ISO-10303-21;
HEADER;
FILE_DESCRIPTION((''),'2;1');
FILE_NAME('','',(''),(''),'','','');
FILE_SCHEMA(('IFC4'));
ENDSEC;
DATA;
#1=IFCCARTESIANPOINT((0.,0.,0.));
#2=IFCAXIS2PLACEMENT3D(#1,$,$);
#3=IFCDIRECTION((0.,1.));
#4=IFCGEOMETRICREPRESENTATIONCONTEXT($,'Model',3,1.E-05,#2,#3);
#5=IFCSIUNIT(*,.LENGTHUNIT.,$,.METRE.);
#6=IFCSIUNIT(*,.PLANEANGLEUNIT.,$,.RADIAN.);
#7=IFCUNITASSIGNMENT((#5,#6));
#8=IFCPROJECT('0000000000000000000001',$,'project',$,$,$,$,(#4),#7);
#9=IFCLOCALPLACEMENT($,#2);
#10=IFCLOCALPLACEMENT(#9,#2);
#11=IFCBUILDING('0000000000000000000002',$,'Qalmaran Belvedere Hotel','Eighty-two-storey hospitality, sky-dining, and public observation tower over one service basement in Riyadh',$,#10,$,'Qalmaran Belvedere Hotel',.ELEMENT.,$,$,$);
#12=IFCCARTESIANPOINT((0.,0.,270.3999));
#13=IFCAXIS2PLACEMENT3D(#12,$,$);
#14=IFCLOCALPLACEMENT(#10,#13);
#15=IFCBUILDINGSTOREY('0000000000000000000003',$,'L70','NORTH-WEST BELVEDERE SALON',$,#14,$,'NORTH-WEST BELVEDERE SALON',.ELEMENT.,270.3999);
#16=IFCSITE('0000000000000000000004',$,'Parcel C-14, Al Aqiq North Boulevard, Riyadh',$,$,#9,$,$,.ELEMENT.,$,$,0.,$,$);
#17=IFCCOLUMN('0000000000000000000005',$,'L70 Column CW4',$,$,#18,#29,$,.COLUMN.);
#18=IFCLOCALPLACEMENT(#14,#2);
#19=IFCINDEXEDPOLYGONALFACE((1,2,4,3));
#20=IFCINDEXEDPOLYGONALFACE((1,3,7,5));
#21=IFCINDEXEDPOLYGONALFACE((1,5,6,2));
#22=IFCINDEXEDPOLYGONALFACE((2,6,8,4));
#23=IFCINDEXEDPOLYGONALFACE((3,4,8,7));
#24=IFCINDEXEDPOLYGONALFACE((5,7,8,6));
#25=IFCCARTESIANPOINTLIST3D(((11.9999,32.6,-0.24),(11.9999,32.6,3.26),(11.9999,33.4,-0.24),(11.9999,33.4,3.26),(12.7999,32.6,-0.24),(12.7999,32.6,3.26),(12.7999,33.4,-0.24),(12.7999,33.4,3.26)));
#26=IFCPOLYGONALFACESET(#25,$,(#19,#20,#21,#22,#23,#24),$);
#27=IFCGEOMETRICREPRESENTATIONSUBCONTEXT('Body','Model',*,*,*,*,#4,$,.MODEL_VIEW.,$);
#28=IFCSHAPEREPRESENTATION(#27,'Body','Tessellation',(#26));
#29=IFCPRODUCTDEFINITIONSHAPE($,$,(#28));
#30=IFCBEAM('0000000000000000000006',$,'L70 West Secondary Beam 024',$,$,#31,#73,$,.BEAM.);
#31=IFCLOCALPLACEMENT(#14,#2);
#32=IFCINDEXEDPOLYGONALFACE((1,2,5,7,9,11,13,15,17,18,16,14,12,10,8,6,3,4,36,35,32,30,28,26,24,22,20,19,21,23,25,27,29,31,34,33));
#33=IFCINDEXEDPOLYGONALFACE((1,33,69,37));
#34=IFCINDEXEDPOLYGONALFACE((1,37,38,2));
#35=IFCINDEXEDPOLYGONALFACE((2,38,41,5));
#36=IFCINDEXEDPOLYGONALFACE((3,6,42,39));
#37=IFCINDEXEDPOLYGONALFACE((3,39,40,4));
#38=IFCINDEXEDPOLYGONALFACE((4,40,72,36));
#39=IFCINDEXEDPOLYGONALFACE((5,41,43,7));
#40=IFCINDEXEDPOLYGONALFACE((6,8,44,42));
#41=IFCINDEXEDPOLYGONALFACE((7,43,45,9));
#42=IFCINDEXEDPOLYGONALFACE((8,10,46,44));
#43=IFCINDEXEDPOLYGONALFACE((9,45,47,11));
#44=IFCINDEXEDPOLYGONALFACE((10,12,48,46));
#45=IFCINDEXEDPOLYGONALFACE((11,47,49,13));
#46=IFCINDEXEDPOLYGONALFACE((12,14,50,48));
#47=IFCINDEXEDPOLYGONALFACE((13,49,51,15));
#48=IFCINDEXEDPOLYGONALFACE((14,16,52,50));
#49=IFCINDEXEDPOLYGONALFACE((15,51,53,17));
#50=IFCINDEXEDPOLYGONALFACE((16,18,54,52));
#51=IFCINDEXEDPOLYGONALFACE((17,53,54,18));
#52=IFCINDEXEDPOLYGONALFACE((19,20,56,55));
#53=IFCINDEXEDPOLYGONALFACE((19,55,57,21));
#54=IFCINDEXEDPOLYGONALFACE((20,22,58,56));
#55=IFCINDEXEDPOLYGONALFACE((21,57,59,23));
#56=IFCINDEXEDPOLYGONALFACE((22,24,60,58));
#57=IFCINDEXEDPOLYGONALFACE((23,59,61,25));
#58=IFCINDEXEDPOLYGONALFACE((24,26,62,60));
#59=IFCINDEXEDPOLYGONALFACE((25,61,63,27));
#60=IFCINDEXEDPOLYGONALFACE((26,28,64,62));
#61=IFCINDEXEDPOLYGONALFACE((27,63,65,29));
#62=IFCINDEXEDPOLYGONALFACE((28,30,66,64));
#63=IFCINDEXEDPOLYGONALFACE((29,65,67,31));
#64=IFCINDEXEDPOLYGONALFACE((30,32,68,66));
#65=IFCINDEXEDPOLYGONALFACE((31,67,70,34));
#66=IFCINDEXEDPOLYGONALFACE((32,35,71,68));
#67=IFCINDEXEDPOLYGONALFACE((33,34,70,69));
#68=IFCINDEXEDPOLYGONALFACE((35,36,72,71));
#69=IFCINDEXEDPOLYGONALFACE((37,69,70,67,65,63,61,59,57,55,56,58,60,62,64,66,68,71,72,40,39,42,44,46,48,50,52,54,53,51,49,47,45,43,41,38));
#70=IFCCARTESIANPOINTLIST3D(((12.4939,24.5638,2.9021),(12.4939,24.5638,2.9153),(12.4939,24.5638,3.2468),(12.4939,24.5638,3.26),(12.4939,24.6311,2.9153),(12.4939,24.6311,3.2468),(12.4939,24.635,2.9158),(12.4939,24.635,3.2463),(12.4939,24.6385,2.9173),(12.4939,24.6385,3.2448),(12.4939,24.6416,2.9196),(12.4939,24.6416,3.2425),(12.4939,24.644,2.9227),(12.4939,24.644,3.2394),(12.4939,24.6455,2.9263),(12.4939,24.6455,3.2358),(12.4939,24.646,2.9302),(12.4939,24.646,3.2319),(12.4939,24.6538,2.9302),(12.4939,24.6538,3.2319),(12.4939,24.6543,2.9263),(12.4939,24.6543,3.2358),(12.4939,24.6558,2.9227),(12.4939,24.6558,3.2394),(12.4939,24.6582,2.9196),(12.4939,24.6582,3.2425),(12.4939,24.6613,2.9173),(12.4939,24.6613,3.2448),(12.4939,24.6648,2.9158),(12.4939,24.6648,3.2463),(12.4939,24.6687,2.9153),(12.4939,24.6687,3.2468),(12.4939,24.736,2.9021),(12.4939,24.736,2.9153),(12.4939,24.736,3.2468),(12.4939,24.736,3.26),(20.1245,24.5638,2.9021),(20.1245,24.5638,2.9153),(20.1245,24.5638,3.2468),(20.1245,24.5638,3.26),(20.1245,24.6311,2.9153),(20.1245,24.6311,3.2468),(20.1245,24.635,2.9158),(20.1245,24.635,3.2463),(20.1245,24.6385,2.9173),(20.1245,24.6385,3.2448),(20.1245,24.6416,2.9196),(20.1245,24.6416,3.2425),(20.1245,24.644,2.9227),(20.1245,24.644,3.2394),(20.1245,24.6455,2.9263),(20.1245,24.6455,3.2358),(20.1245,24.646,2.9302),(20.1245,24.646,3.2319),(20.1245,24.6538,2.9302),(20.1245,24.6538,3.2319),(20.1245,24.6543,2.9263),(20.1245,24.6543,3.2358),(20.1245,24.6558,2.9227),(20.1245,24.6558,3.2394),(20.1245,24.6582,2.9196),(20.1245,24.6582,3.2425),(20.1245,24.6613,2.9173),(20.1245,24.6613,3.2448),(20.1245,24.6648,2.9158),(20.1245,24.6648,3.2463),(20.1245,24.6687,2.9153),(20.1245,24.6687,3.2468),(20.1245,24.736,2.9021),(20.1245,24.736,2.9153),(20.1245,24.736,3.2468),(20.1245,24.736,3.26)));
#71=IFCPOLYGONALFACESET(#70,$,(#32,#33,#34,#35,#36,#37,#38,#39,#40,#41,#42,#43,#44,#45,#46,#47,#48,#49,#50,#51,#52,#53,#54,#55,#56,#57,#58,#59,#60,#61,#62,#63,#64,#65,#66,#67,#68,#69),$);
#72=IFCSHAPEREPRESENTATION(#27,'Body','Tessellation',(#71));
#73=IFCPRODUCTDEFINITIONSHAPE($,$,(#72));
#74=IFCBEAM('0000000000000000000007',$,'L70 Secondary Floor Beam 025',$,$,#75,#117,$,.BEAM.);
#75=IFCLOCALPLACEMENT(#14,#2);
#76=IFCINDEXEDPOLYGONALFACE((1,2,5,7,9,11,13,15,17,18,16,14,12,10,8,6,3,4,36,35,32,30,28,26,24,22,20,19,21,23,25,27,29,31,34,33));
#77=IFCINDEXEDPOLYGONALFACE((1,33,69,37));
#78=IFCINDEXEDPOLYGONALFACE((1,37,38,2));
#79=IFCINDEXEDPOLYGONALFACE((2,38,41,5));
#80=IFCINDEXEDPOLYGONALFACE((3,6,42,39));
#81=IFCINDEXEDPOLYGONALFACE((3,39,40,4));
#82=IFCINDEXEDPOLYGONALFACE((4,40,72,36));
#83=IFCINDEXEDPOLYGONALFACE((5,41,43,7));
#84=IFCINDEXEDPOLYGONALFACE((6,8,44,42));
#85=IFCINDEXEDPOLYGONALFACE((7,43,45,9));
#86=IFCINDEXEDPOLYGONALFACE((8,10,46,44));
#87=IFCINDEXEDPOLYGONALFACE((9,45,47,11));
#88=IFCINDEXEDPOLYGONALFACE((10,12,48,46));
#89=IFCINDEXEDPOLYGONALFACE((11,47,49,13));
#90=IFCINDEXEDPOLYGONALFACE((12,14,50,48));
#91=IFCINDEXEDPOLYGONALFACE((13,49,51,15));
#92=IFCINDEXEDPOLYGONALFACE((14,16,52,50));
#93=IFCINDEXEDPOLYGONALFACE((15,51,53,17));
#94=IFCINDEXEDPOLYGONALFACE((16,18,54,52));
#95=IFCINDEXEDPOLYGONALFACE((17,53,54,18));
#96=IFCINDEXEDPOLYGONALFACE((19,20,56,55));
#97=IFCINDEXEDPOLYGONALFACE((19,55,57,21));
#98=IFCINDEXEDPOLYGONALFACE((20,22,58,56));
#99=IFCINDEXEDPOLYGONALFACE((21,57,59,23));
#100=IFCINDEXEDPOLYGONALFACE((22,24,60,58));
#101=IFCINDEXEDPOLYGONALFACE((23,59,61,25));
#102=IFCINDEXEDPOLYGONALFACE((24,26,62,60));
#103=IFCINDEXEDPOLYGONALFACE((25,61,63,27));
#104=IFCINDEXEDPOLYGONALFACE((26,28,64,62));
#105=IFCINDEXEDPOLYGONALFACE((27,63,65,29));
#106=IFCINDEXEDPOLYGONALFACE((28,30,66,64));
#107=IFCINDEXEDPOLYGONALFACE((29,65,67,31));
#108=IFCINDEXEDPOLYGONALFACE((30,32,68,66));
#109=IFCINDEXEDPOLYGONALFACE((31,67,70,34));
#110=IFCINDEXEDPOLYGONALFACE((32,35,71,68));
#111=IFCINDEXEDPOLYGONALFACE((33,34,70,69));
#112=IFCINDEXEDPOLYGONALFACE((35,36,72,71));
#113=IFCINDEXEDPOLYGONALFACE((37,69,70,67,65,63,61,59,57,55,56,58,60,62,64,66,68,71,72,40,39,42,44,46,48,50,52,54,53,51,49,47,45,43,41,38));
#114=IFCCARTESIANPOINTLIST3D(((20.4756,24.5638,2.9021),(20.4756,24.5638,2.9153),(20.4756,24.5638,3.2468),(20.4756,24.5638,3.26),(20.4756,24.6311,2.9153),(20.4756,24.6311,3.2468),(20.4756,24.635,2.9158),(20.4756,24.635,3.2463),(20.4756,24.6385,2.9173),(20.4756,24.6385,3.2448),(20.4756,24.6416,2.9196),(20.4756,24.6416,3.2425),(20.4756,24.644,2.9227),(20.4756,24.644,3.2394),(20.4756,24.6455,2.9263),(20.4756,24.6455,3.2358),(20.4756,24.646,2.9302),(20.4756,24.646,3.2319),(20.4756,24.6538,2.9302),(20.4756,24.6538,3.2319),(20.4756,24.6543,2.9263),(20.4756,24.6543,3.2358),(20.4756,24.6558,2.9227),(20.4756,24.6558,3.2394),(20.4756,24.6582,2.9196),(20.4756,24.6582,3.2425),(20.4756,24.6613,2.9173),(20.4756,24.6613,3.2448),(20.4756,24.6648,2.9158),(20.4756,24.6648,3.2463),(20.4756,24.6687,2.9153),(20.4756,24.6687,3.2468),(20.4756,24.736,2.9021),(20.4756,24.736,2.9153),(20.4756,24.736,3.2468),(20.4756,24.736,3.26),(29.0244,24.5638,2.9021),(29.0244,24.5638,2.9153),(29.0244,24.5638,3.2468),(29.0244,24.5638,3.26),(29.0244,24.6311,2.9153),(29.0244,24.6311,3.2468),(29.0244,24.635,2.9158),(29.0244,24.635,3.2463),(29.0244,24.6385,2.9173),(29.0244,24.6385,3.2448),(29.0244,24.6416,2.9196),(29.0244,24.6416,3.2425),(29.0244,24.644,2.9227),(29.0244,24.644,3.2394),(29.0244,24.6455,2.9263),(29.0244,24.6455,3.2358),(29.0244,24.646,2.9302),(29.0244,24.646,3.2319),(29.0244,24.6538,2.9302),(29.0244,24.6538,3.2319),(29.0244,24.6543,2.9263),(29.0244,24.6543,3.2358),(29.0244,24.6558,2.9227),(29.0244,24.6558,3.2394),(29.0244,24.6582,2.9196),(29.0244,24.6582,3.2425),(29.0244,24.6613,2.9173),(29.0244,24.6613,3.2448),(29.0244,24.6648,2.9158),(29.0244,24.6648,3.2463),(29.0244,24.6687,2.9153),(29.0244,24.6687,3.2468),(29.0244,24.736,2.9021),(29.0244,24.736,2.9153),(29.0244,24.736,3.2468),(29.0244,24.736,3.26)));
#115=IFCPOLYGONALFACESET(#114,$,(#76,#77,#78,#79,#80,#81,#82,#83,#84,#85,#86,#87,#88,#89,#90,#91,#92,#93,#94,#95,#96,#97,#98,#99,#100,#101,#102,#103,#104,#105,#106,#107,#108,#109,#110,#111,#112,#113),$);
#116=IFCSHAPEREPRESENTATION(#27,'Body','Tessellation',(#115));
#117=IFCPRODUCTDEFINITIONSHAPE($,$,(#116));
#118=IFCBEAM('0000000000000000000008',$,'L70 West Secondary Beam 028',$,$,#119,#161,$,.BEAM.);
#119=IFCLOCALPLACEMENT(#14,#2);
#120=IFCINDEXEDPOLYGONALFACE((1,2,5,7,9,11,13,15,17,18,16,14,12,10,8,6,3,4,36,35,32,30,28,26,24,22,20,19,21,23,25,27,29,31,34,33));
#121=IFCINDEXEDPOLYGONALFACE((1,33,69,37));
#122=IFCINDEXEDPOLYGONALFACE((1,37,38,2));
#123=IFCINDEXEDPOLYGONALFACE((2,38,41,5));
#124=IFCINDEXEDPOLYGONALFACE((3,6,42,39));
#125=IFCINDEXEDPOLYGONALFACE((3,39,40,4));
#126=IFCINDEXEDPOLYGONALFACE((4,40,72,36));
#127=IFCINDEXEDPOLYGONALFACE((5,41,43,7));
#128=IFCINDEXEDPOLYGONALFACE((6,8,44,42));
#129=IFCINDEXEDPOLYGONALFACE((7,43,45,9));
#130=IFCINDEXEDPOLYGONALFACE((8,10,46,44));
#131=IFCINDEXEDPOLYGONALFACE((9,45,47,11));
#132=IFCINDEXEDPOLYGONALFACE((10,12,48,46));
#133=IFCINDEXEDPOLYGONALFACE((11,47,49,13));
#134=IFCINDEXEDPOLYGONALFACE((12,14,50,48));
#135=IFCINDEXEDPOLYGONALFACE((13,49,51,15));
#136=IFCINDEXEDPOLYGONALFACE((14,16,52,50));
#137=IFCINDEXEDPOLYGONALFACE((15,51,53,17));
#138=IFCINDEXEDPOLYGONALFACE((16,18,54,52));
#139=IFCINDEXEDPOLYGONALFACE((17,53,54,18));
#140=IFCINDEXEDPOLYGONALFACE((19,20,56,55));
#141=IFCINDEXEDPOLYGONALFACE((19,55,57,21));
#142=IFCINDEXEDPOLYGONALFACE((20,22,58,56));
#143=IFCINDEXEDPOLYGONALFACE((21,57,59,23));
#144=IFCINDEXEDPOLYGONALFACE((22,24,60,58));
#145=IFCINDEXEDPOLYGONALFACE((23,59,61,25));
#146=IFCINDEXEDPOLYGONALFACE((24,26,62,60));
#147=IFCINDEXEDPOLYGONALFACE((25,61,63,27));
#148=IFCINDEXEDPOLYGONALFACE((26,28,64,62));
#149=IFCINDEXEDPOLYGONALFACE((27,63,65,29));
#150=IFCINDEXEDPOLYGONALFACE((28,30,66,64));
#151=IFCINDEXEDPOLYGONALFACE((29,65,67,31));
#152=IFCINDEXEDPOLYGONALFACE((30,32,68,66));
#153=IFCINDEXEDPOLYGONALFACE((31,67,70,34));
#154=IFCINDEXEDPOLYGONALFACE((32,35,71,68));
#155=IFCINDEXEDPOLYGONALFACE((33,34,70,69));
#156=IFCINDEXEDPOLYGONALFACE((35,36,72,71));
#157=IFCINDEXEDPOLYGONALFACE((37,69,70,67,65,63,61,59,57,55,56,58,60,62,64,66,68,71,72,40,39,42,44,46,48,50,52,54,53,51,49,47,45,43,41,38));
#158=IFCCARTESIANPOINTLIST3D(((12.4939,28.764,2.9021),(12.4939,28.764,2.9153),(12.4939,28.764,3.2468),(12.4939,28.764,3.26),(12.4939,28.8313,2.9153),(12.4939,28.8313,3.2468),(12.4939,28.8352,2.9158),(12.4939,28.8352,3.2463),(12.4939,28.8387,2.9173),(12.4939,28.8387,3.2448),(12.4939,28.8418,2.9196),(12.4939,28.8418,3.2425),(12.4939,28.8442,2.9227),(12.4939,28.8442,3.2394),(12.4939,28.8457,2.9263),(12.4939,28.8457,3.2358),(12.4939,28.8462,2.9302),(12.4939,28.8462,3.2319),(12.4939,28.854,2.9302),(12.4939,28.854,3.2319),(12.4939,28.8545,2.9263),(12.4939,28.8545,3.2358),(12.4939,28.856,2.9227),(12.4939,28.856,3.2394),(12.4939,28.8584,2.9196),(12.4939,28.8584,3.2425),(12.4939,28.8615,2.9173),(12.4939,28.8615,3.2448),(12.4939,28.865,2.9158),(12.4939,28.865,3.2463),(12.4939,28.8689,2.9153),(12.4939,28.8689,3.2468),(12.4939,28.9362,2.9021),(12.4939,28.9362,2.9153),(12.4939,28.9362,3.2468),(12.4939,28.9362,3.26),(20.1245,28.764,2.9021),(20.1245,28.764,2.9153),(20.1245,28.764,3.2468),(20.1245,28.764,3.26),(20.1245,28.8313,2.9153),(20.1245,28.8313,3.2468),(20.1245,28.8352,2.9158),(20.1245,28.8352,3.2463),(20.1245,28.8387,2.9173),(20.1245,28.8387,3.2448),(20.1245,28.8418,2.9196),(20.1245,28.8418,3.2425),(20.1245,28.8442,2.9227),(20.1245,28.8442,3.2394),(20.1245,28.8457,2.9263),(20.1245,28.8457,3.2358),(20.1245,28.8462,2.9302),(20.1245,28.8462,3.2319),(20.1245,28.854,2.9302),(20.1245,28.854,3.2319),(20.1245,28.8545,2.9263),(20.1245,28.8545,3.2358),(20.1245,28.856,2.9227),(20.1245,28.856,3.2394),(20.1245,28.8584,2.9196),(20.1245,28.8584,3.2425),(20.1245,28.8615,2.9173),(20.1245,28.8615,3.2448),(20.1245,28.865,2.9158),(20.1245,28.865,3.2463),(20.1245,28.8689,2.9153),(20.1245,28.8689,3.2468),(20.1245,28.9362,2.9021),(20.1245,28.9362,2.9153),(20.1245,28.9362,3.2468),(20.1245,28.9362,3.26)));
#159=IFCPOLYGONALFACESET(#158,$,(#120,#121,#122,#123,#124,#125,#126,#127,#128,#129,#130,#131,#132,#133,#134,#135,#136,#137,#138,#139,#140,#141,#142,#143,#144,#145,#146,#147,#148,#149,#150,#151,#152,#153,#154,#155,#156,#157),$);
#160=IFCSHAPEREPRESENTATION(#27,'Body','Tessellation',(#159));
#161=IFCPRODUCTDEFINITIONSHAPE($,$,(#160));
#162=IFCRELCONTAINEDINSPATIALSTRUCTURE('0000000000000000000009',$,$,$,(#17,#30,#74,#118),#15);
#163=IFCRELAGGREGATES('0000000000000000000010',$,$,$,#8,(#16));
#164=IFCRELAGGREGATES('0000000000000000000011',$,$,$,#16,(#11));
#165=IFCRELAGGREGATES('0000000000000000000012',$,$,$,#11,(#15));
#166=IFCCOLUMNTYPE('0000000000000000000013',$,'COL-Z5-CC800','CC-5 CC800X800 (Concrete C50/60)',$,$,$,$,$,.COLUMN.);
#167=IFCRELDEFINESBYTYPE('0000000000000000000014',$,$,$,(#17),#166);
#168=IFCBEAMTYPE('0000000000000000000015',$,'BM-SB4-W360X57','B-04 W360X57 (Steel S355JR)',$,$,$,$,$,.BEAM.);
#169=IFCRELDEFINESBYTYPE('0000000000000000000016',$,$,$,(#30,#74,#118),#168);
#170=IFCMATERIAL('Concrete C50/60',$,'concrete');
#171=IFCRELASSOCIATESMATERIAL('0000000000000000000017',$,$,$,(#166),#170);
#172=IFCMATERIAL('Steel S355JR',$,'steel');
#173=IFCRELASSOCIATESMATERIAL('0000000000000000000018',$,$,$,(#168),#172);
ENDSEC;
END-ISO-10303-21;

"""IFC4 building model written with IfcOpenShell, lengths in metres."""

from ifc_helpers import new_model, si_unit, direction, frame, origin, origin_2d, place, context, subcontext, project, spatial, rectangle, i_section, extrude, material, material_profile, profile_set, type_object, element, save


model = new_model("IFC4")

# Units and contexts
model_context = context("Model", 3, precision=1e-05, world=origin(), true_north=direction((0.0, 1.0)))
body_context = subcontext(model_context, "Body", "Model", "MODEL_VIEW")
ifc_project = project(units=[si_unit("LENGTHUNIT", "METRE"), si_unit("PLANEANGLEUNIT", "RADIAN")], contexts=[model_context])

# Site, building, storey
site_placement = place(None, origin())
site = spatial("IfcSite", under=ifc_project, at=site_placement, Name="Parcel C-14, Al Aqiq North Boulevard, Riyadh", CompositionType="ELEMENT", RefElevation=0.0)
building_placement = place(site_placement, origin())
building = spatial("IfcBuilding", under=site, at=building_placement, Name="Qalmaran Belvedere Hotel", Description="Eighty-two-storey hospitality, sky-dining, and public observation tower over one service basement in Riyadh", LongName="Qalmaran Belvedere Hotel", CompositionType="ELEMENT")
storey_placement = place(building_placement, frame((0.0, 0.0, 270.3999)))
storey = spatial("IfcBuildingStorey", under=building, at=storey_placement, Name="L70", Description="NORTH-WEST BELVEDERE SALON", LongName="NORTH-WEST BELVEDERE SALON", CompositionType="ELEMENT", Elevation=270.3999)

# Column
ifc_material_1 = material(Name="Concrete C50/60", Category="concrete")
ifc_material_profile_1 = material_profile(ifc_material_1, rectangle(XDim=0.8, YDim=0.8, at=origin_2d()), Name="CC800X800")
ifc_profile_set_1 = profile_set([ifc_material_profile_1], Name="Concrete C50/60")
column_type = type_object("IfcColumnType", Name="COL-Z5-CC800", Description="CC-5 CC800X800 (Concrete C50/60)", PredefinedType="COLUMN", material=ifc_profile_set_1)
column_placement = place(storey_placement, frame((12.3999, 33.0, -0.24), z_axis=(0.0, 0.0, 1.0), x_axis=(1.0, 0.0, 0.0)))
element("IfcColumn", 1, at=column_placement, inside=storey, type_object=column_type, Name="L70 Column CW4", PredefinedType="COLUMN", context=body_context, shape_type="SweptSolid", body=[
    extrude(rectangle(XDim=0.8, YDim=0.8, at=origin_2d()), origin(), (0.0, 0.0, 1.0), 3.5),
])

# Beams
ifc_material_2 = material(Name="Steel S355JR", Category="steel")
ifc_material_profile_2 = material_profile(ifc_material_2, i_section(OverallWidth=0.1721, OverallDepth=0.3579, WebThickness=0.0078, FlangeThickness=0.0132, FilletRadius=0.0149, at=origin_2d()), Name="W360X57")
ifc_profile_set_2 = profile_set([ifc_material_profile_2], Name="Steel S355JR")
beam_type = type_object("IfcBeamType", Name="BM-SB4-W360X57", Description="B-04 W360X57 (Steel S355JR)", PredefinedType="BEAM", material=ifc_profile_set_2)
beam_1_placement = place(storey_placement, frame((12.4939, 24.6499, 3.0811), z_axis=(1.0, 0.0, 0.0), x_axis=(0.0, 1.0, 0.0)))
element("IfcBeam", 2, at=beam_1_placement, inside=storey, type_object=beam_type, Name="L70 West Secondary Beam 024", PredefinedType="BEAM", context=body_context, shape_type="SweptSolid", body=[
    extrude(i_section(OverallWidth=0.1721, OverallDepth=0.3579, WebThickness=0.0078, FlangeThickness=0.0132, FilletRadius=0.0149, at=origin_2d()), origin(), (0.0, 0.0, 1.0), 7.6306),
])
beam_2_placement = place(storey_placement, frame((20.4756, 24.6499, 3.0811), z_axis=(1.0, 0.0, 0.0), x_axis=(0.0, 1.0, 0.0)))
element("IfcBeam", 3, at=beam_2_placement, inside=storey, type_object=beam_type, Name="L70 Secondary Floor Beam 025", PredefinedType="BEAM", context=body_context, shape_type="SweptSolid", body=[
    extrude(i_section(OverallWidth=0.1721, OverallDepth=0.3579, WebThickness=0.0078, FlangeThickness=0.0132, FilletRadius=0.0149, at=origin_2d()), origin(), (0.0, 0.0, 1.0), 8.5488),
])
beam_3_placement = place(storey_placement, frame((12.4939, 28.8501, 3.0811), z_axis=(1.0, 0.0, 0.0), x_axis=(0.0, 1.0, 0.0)))
element("IfcBeam", 4, at=beam_3_placement, inside=storey, type_object=beam_type, Name="L70 West Secondary Beam 028", PredefinedType="BEAM", context=body_context, shape_type="SweptSolid", body=[
    extrude(i_section(OverallWidth=0.1721, OverallDepth=0.3579, WebThickness=0.0078, FlangeThickness=0.0132, FilletRadius=0.0149, at=origin_2d()), origin(), (0.0, 0.0, 1.0), 7.6306),
])

save(model, "model.ifc")
